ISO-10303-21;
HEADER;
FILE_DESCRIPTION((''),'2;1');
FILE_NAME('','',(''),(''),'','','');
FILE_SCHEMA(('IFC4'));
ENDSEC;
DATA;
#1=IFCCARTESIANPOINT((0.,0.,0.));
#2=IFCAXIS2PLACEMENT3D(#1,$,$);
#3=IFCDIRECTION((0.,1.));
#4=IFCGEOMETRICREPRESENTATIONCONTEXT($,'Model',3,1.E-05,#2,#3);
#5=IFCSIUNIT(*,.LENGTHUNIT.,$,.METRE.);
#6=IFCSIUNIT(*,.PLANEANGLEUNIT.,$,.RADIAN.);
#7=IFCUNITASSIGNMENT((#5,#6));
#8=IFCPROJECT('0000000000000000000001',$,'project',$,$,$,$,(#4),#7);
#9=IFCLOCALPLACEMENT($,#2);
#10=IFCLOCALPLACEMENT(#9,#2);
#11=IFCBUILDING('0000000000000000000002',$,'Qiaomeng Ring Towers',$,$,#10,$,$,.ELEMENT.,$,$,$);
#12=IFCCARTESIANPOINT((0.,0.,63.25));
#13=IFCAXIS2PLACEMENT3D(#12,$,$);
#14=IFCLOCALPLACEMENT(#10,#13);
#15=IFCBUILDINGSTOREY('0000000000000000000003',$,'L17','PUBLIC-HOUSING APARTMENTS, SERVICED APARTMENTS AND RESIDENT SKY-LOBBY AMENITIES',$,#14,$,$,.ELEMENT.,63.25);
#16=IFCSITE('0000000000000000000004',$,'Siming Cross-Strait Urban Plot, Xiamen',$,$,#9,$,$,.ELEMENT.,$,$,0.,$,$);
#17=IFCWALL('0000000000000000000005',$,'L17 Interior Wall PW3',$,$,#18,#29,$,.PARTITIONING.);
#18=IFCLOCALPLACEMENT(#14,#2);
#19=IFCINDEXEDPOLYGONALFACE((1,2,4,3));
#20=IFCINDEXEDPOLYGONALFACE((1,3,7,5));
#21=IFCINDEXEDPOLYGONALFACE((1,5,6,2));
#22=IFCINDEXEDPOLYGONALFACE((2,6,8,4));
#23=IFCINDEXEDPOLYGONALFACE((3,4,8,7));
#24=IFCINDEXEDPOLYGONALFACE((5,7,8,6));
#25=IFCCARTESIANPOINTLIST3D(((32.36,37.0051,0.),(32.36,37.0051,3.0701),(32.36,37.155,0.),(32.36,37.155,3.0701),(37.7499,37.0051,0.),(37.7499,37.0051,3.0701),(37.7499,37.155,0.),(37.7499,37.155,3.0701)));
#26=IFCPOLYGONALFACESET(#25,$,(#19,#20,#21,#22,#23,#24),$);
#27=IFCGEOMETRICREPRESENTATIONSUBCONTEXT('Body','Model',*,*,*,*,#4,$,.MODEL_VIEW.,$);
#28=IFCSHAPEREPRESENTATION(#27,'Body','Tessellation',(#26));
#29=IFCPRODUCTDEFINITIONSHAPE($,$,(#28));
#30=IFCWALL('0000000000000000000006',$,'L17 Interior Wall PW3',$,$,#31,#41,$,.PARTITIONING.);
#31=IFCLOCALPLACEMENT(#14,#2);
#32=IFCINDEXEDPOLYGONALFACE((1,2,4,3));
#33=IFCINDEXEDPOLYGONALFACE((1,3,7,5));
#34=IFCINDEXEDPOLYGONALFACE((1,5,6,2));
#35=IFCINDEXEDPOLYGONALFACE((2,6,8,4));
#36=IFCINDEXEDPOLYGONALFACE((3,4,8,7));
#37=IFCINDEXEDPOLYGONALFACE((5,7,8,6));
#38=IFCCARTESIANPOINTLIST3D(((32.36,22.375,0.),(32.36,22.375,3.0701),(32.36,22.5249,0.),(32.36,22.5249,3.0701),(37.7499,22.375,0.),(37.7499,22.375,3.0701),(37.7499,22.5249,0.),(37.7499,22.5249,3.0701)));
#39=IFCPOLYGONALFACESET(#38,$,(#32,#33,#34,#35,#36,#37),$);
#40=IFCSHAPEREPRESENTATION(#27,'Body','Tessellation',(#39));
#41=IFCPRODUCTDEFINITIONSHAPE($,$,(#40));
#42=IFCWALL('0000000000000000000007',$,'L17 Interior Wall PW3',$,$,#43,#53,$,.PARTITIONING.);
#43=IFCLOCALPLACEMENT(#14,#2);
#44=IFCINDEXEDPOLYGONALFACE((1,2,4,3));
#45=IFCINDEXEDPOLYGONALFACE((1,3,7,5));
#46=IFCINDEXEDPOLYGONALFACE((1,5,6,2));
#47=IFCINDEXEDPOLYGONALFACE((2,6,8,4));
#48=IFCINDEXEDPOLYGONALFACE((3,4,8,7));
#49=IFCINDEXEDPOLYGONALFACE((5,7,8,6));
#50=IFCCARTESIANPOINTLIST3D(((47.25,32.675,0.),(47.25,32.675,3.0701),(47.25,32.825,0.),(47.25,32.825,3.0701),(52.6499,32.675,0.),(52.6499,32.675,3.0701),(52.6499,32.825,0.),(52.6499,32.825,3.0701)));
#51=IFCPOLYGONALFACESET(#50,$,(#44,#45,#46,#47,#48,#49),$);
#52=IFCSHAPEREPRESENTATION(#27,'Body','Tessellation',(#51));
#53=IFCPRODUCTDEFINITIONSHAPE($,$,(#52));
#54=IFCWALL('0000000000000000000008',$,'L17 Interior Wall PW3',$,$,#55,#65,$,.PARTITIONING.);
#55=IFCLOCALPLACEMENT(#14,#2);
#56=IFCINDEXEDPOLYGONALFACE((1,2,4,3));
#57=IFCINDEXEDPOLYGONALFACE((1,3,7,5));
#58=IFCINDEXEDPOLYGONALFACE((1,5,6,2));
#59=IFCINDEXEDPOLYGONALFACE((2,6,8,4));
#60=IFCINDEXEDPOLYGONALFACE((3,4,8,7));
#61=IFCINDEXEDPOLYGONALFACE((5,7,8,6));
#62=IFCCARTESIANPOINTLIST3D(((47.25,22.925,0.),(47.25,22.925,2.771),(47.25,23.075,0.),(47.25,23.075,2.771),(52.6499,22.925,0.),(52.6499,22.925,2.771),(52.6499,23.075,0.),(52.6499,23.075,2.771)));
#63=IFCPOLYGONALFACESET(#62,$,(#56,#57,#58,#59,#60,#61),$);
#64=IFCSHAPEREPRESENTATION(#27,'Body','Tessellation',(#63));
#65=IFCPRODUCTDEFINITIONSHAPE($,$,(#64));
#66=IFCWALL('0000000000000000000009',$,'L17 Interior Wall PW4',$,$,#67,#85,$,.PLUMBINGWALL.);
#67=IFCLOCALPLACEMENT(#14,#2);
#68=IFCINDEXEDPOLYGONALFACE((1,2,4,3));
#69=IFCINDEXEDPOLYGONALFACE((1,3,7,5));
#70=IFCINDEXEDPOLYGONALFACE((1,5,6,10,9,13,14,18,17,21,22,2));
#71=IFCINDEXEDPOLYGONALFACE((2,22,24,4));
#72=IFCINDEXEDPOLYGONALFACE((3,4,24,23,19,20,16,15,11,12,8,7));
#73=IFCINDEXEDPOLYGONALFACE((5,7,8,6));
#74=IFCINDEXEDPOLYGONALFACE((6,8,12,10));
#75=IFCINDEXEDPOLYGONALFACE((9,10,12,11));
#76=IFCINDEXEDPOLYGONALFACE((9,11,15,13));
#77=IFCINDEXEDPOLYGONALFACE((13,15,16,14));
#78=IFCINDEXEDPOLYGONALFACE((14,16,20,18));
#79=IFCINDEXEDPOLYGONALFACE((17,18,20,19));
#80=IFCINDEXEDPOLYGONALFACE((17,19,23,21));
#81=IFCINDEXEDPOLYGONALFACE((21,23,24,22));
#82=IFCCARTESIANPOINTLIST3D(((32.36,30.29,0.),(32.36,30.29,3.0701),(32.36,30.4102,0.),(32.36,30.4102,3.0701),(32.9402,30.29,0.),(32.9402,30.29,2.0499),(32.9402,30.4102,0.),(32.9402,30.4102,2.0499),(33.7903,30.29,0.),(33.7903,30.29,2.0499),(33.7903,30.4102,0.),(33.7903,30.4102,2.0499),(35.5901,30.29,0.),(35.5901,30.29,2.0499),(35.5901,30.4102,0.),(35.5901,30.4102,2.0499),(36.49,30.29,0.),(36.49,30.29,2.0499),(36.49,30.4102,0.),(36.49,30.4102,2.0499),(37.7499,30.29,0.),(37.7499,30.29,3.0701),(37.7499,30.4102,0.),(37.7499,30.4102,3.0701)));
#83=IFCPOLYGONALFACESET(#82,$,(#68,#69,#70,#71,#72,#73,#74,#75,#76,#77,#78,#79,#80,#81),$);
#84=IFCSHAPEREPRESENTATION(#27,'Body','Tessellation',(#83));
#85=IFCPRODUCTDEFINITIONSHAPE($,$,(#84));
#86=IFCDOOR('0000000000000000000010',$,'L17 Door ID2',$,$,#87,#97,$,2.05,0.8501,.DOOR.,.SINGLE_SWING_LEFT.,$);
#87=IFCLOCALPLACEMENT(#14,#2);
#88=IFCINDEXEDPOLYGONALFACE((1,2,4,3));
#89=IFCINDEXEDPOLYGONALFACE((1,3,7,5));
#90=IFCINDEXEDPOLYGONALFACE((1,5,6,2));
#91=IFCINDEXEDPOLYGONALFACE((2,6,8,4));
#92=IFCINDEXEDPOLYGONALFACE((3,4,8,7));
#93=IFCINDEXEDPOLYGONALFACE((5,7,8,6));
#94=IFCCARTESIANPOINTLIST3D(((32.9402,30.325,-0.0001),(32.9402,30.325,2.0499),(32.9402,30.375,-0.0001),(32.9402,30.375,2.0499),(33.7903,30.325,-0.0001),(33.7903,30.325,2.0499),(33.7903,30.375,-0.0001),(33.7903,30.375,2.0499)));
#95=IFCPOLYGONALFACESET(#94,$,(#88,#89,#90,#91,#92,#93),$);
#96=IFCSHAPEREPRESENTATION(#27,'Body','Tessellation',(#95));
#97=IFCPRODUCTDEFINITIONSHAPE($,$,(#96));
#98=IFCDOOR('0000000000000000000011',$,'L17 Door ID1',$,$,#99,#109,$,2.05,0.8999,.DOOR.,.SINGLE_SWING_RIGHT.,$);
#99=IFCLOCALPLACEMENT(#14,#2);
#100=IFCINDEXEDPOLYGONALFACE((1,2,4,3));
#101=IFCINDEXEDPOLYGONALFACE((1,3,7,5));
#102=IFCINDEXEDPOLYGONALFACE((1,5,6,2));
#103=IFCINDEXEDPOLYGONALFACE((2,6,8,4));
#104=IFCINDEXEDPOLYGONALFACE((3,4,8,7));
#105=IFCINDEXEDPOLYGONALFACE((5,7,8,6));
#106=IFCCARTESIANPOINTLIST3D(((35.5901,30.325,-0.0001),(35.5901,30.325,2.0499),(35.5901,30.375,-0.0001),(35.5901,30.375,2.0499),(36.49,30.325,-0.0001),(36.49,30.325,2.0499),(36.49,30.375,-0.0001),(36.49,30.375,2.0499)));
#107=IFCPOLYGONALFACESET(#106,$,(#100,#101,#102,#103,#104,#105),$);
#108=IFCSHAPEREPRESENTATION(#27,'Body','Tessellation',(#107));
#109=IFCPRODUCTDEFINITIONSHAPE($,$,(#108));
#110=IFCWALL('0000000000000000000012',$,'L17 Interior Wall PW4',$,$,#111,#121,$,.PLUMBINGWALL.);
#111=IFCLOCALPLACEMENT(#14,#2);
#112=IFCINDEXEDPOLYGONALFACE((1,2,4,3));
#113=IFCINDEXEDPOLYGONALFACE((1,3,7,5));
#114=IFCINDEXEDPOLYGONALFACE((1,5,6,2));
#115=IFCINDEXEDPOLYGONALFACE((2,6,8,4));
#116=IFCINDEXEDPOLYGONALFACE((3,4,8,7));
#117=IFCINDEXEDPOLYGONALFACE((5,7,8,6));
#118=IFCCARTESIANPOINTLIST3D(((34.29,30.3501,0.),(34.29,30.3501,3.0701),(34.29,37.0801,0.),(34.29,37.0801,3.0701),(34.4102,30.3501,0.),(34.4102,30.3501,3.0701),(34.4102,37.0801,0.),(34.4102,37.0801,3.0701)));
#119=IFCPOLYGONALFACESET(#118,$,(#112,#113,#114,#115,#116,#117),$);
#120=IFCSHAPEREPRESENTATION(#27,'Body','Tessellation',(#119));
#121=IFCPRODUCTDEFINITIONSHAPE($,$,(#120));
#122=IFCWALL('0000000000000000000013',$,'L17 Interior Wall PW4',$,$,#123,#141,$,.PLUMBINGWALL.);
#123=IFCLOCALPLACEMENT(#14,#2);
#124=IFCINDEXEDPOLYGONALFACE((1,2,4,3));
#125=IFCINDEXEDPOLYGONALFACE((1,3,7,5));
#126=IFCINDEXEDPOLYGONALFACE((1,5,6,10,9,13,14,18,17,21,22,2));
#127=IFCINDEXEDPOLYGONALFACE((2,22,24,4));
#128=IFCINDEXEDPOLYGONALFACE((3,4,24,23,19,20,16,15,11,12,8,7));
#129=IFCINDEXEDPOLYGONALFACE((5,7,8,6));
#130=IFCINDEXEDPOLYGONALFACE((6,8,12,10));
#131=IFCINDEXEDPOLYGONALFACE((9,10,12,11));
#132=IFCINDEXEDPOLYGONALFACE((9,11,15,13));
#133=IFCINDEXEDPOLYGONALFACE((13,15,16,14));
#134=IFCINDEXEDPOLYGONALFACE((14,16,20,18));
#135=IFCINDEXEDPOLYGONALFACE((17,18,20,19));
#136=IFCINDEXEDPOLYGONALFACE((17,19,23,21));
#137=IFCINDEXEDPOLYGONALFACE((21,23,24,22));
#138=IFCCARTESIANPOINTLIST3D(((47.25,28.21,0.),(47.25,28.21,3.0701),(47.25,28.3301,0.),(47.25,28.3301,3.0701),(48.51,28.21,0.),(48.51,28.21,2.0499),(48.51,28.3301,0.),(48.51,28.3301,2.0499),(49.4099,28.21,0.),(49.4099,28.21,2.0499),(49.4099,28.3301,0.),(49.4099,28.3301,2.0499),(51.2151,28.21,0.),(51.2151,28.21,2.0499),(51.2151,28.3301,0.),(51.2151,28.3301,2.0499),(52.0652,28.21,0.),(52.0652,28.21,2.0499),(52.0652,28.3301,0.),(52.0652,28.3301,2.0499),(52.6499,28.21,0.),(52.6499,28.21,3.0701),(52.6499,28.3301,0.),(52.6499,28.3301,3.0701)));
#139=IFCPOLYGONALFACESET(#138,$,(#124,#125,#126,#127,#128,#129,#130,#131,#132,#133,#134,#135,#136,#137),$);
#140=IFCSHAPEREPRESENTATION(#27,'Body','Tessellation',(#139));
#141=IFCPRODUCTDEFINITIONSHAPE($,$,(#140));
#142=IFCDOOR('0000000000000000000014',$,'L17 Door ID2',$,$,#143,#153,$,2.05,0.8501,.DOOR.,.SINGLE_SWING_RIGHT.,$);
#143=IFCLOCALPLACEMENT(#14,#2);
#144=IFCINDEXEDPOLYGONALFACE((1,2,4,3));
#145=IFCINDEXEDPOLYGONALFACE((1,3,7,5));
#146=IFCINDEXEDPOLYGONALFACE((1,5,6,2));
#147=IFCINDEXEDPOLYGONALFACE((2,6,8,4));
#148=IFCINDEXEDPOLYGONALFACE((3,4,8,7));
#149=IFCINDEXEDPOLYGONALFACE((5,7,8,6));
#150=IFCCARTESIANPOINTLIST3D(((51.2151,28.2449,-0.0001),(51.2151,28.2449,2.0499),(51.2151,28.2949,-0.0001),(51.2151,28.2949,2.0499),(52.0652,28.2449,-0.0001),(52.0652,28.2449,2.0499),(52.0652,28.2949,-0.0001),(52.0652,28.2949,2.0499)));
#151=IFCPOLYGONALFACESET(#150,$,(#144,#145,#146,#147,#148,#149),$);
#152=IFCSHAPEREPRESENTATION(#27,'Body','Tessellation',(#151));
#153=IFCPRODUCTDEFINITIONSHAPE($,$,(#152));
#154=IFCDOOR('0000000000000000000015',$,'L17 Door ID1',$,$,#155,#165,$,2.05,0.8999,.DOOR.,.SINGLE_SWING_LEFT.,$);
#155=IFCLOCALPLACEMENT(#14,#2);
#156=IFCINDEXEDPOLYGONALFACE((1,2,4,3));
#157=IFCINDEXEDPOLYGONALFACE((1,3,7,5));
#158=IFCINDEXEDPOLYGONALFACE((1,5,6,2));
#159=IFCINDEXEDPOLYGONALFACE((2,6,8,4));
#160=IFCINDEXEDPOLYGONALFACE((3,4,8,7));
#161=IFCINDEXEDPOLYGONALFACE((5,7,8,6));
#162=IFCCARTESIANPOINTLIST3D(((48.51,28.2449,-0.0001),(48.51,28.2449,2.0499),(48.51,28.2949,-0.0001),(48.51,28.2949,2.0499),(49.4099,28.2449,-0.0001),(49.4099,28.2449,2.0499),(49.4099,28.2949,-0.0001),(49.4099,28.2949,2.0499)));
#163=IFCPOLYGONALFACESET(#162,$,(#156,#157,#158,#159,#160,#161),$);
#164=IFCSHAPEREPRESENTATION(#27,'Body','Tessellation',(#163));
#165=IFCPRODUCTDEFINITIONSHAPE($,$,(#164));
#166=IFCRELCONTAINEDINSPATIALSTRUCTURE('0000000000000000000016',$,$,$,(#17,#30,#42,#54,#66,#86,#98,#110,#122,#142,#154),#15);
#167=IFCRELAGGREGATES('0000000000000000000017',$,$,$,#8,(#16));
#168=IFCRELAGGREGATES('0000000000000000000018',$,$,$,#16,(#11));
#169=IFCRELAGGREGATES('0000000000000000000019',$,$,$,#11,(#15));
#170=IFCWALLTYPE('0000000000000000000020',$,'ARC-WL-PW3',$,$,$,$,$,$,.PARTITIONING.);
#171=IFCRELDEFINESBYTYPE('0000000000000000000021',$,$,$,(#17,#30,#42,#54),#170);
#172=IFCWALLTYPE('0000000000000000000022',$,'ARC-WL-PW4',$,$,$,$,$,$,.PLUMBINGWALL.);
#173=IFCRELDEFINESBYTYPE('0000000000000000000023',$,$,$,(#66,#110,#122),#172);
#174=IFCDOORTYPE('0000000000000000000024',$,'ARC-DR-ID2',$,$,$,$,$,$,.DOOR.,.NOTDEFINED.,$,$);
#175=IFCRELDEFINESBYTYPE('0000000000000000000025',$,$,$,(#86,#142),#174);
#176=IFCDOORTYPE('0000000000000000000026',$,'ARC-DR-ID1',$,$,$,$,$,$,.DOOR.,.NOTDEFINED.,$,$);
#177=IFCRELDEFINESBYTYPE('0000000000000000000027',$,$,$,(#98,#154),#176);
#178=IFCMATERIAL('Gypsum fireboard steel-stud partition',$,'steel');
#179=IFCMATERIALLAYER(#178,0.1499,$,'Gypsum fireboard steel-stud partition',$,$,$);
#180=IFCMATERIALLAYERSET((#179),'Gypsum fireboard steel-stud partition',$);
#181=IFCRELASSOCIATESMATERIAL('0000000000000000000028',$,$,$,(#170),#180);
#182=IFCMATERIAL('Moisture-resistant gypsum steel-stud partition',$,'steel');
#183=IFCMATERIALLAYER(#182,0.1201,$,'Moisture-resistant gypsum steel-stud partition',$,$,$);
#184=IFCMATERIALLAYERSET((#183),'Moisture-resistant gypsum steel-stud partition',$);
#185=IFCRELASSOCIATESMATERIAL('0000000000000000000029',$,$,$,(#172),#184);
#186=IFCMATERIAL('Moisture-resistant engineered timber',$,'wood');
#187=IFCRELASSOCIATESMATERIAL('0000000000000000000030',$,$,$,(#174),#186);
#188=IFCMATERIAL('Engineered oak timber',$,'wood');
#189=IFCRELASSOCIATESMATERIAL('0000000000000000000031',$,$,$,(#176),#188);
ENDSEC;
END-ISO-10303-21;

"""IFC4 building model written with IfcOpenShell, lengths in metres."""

from ifc_helpers import new_model, si_unit, direction, frame, frame_2d, origin, place, context, subcontext, project, spatial, rectangle, extrude, source, transform, mapped, material, layer, layer_set, type_object, element, fill, save


model = new_model("IFC4")

# Units and contexts
model_context = context("Model", 3, precision=1e-05, world=origin(), true_north=direction((0.0, 1.0)))
body_context = subcontext(model_context, "Body", "Model", "MODEL_VIEW")
ifc_project = project(units=[si_unit("LENGTHUNIT", "METRE"), si_unit("PLANEANGLEUNIT", "RADIAN")], contexts=[model_context])

# Site, building, storey
site_placement = place(None, origin())
site = spatial("IfcSite", under=ifc_project, at=site_placement, Name="Siming Cross-Strait Urban Plot, Xiamen", CompositionType="ELEMENT", RefElevation=0.0)
building_placement = place(site_placement, origin())
building = spatial("IfcBuilding", under=site, at=building_placement, Name="Qiaomeng Ring Towers", CompositionType="ELEMENT")
storey_placement = place(building_placement, frame((0.0, 0.0, 63.25)))
storey = spatial("IfcBuildingStorey", under=building, at=storey_placement, Name="L17", Description="PUBLIC-HOUSING APARTMENTS, SERVICED APARTMENTS AND RESIDENT SKY-LOBBY AMENITIES", CompositionType="ELEMENT", Elevation=63.25)

# Walls
ifc_material_1 = material(Name="Gypsum fireboard steel-stud partition", Category="steel")
ifc_layer_1 = layer(ifc_material_1, 0.1499, Name="Gypsum fireboard steel-stud partition")
ifc_layer_set_1 = layer_set([ifc_layer_1], Name="Gypsum fireboard steel-stud partition")
wall_type_1 = type_object("IfcWallType", Name="ARC-WL-PW3", PredefinedType="PARTITIONING", material=ifc_layer_set_1)
for number, where, z_axis, x_axis, name in (
    (1, (32.3601, 37.0801, 0.0), (0.0, 0.0, 1.0), (1.0, 0.0, 0.0), "L17 Interior Wall PW3"),
    (2, (32.3601, 22.45, 0.0), (0.0, 0.0, 1.0), (1.0, 0.0, 0.0), "L17 Interior Wall PW3"),
):
    element("IfcWall", number, at=place(storey_placement, frame(where, z_axis=z_axis, x_axis=x_axis)), inside=storey, type_object=wall_type_1, Name=name, PredefinedType="PARTITIONING", context=body_context, shape_type="SweptSolid", body=[
        extrude(rectangle(XDim=5.3899, YDim=0.1499, at=frame_2d((2.6948, 0.0))), origin(), (0.0, 0.0, 1.0), 3.0701),
    ])
wall_1_placement = place(storey_placement, frame((47.25, 32.75, 0.0), z_axis=(0.0, 0.0, 1.0), x_axis=(1.0, 0.0, 0.0)))
element("IfcWall", 3, at=wall_1_placement, inside=storey, type_object=wall_type_1, Name="L17 Interior Wall PW3", PredefinedType="PARTITIONING", context=body_context, shape_type="SweptSolid", body=[
    extrude(rectangle(XDim=5.3999, YDim=0.1499, at=frame_2d((2.7, 0.0))), origin(), (0.0, 0.0, 1.0), 3.0701),
])
wall_2_placement = place(storey_placement, frame((47.25, 23.0, 0.0), z_axis=(0.0, 0.0, 1.0), x_axis=(1.0, 0.0, 0.0)))
element("IfcWall", 4, at=wall_2_placement, inside=storey, type_object=wall_type_1, Name="L17 Interior Wall PW3", PredefinedType="PARTITIONING", context=body_context, shape_type="SweptSolid", body=[
    extrude(rectangle(XDim=5.3999, YDim=0.1499, at=frame_2d((2.7, 0.0))), origin(), (0.0, 0.0, 1.0), 2.771),
])

# Wall, openings, doors
ifc_material_2 = material(Name="Moisture-resistant gypsum steel-stud partition", Category="steel")
ifc_layer_2 = layer(ifc_material_2, 0.1201, Name="Moisture-resistant gypsum steel-stud partition")
ifc_layer_set_2 = layer_set([ifc_layer_2], Name="Moisture-resistant gypsum steel-stud partition")
wall_type_2 = type_object("IfcWallType", Name="ARC-WL-PW4", PredefinedType="PLUMBINGWALL", material=ifc_layer_set_2)
wall_3_placement = place(storey_placement, frame((32.3601, 30.3501, 0.0), z_axis=(0.0, 0.0, 1.0), x_axis=(1.0, 0.0, 0.0)))
wall_3 = element("IfcWall", 5, at=wall_3_placement, inside=storey, type_object=wall_type_2, Name="L17 Interior Wall PW4", PredefinedType="PLUMBINGWALL", context=body_context, shape_type="SweptSolid", body=[
    extrude(rectangle(XDim=5.3899, YDim=0.1201, at=frame_2d((2.6948, 0.0))), origin(), (0.0, 0.0, 1.0), 3.0701),
])
opening_1_placement = place(wall_3_placement, frame((0.5801, 0.0, 0.0)))
opening_1 = element("IfcOpeningElement", 6, at=opening_1_placement, cuts=wall_3, PredefinedType="OPENING", context=body_context, shape_type="SweptSolid", body=[
    extrude(rectangle(XDim=0.8501, YDim=2.05, at=frame_2d((0.425, 1.0249))), frame((0.0, 0.0701, 0.0), z_axis=(0.0, -1.0, 0.0), x_axis=(1.0, 0.0, 0.0)), (0.0, 0.0, 1.0), 0.1401),
])
opening_2_placement = place(wall_3_placement, frame((3.23, 0.0, 0.0)))
opening_2 = element("IfcOpeningElement", 7, at=opening_2_placement, cuts=wall_3, PredefinedType="OPENING", context=body_context, shape_type="SweptSolid", body=[
    extrude(rectangle(XDim=0.8999, YDim=2.05, at=frame_2d((0.45, 1.0249))), frame((0.0, 0.0701, 0.0), z_axis=(0.0, -1.0, 0.0), x_axis=(1.0, 0.0, 0.0)), (0.0, 0.0, 1.0), 0.1401),
])
ifc_material_3 = material(Name="Moisture-resistant engineered timber", Category="wood")
door_type_1 = type_object("IfcDoorType", Name="ARC-DR-ID2", OperationType="NOTDEFINED", PredefinedType="DOOR", material=ifc_material_3)
shared_shape_1 = source(origin(), body_context, "Body", "SweptSolid", [
    extrude(rectangle(XDim=0.8501, YDim=2.05, at=frame_2d((0.425, 1.0249))), frame((0.0, 0.0249, 0.0), z_axis=(0.0, -1.0, 0.0), x_axis=(1.0, 0.0, 0.0)), (0.0, 0.0, 1.0), 0.05),
])
door_1_placement = place(opening_1_placement, origin())
door_1 = element("IfcDoor", 8, at=door_1_placement, inside=storey, type_object=door_type_1, Name="L17 Door ID2", OperationType="SINGLE_SWING_LEFT", OverallHeight=2.05, OverallWidth=0.8501, PredefinedType="DOOR", context=body_context, shape_type="MappedRepresentation", body=[
    mapped(shared_shape_1, transform((0.0, 0.0, 0.0), x_axis=(1.0, 0.0, 0.0), y_axis=(0.0, 1.0, 0.0), z_axis=(0.0, 0.0, 1.0), scale=1.0)),
])
fill(opening_1, door_1)
ifc_material_4 = material(Name="Engineered oak timber", Category="wood")
door_type_2 = type_object("IfcDoorType", Name="ARC-DR-ID1", OperationType="NOTDEFINED", PredefinedType="DOOR", material=ifc_material_4)
shared_shape_2 = source(origin(), body_context, "Body", "SweptSolid", [
    extrude(rectangle(XDim=0.8999, YDim=2.05, at=frame_2d((0.45, 1.0249))), frame((0.0, 0.0249, 0.0), z_axis=(0.0, -1.0, 0.0), x_axis=(1.0, 0.0, 0.0)), (0.0, 0.0, 1.0), 0.05),
])
door_2_placement = place(opening_2_placement, origin())
door_2 = element("IfcDoor", 9, at=door_2_placement, inside=storey, type_object=door_type_2, Name="L17 Door ID1", OperationType="SINGLE_SWING_RIGHT", OverallHeight=2.05, OverallWidth=0.8999, PredefinedType="DOOR", context=body_context, shape_type="MappedRepresentation", body=[
    mapped(shared_shape_2, transform((0.0, 0.0, 0.0), x_axis=(1.0, 0.0, 0.0), y_axis=(0.0, 1.0, 0.0), z_axis=(0.0, 0.0, 1.0), scale=1.0)),
])
fill(opening_2, door_2)

# Wall
wall_4_placement = place(storey_placement, frame((34.3501, 30.3501, 0.0), z_axis=(0.0, 0.0, 1.0), x_axis=(0.0, 1.0, 0.0)))
element("IfcWall", 10, at=wall_4_placement, inside=storey, type_object=wall_type_2, Name="L17 Interior Wall PW4", PredefinedType="PLUMBINGWALL", context=body_context, shape_type="SweptSolid", body=[
    extrude(rectangle(XDim=6.73, YDim=0.1201, at=frame_2d((3.365, 0.0))), origin(), (0.0, 0.0, 1.0), 3.0701),
])

# Wall, openings, doors
wall_5_placement = place(storey_placement, frame((47.25, 28.27, 0.0), z_axis=(0.0, 0.0, 1.0), x_axis=(1.0, 0.0, 0.0)))
wall_5 = element("IfcWall", 11, at=wall_5_placement, inside=storey, type_object=wall_type_2, Name="L17 Interior Wall PW4", PredefinedType="PLUMBINGWALL", context=body_context, shape_type="SweptSolid", body=[
    extrude(rectangle(XDim=5.3999, YDim=0.1201, at=frame_2d((2.7, 0.0))), origin(), (0.0, 0.0, 1.0), 3.0701),
])
opening_3_placement = place(wall_5_placement, frame((1.26, 0.0, 0.0)))
opening_3 = element("IfcOpeningElement", 12, at=opening_3_placement, cuts=wall_5, PredefinedType="OPENING", context=body_context, shape_type="SweptSolid", body=[
    extrude(rectangle(XDim=0.8999, YDim=2.05, at=frame_2d((0.45, 1.0249))), frame((0.0, 0.0701, 0.0), z_axis=(0.0, -1.0, 0.0), x_axis=(1.0, 0.0, 0.0)), (0.0, 0.0, 1.0), 0.1401),
])
opening_4_placement = place(wall_5_placement, frame((3.9651, 0.0, 0.0)))
opening_4 = element("IfcOpeningElement", 13, at=opening_4_placement, cuts=wall_5, PredefinedType="OPENING", context=body_context, shape_type="SweptSolid", body=[
    extrude(rectangle(XDim=0.8501, YDim=2.05, at=frame_2d((0.425, 1.0249))), frame((0.0, 0.0701, 0.0), z_axis=(0.0, -1.0, 0.0), x_axis=(1.0, 0.0, 0.0)), (0.0, 0.0, 1.0), 0.1401),
])
door_3_placement = place(opening_4_placement, origin())
door_3 = element("IfcDoor", 14, at=door_3_placement, inside=storey, type_object=door_type_1, Name="L17 Door ID2", OperationType="SINGLE_SWING_RIGHT", OverallHeight=2.05, OverallWidth=0.8501, PredefinedType="DOOR", context=body_context, shape_type="MappedRepresentation", body=[
    mapped(shared_shape_1, transform((0.0, 0.0, 0.0), x_axis=(1.0, 0.0, 0.0), y_axis=(0.0, 1.0, 0.0), z_axis=(0.0, 0.0, 1.0), scale=1.0)),
])
fill(opening_4, door_3)
door_4_placement = place(opening_3_placement, origin())
door_4 = element("IfcDoor", 15, at=door_4_placement, inside=storey, type_object=door_type_2, Name="L17 Door ID1", OperationType="SINGLE_SWING_LEFT", OverallHeight=2.05, OverallWidth=0.8999, PredefinedType="DOOR", context=body_context, shape_type="MappedRepresentation", body=[
    mapped(shared_shape_2, transform((0.0, 0.0, 0.0), x_axis=(1.0, 0.0, 0.0), y_axis=(0.0, 1.0, 0.0), z_axis=(0.0, 0.0, 1.0), scale=1.0)),
])
fill(opening_3, door_4)

save(model, "model.ifc")
